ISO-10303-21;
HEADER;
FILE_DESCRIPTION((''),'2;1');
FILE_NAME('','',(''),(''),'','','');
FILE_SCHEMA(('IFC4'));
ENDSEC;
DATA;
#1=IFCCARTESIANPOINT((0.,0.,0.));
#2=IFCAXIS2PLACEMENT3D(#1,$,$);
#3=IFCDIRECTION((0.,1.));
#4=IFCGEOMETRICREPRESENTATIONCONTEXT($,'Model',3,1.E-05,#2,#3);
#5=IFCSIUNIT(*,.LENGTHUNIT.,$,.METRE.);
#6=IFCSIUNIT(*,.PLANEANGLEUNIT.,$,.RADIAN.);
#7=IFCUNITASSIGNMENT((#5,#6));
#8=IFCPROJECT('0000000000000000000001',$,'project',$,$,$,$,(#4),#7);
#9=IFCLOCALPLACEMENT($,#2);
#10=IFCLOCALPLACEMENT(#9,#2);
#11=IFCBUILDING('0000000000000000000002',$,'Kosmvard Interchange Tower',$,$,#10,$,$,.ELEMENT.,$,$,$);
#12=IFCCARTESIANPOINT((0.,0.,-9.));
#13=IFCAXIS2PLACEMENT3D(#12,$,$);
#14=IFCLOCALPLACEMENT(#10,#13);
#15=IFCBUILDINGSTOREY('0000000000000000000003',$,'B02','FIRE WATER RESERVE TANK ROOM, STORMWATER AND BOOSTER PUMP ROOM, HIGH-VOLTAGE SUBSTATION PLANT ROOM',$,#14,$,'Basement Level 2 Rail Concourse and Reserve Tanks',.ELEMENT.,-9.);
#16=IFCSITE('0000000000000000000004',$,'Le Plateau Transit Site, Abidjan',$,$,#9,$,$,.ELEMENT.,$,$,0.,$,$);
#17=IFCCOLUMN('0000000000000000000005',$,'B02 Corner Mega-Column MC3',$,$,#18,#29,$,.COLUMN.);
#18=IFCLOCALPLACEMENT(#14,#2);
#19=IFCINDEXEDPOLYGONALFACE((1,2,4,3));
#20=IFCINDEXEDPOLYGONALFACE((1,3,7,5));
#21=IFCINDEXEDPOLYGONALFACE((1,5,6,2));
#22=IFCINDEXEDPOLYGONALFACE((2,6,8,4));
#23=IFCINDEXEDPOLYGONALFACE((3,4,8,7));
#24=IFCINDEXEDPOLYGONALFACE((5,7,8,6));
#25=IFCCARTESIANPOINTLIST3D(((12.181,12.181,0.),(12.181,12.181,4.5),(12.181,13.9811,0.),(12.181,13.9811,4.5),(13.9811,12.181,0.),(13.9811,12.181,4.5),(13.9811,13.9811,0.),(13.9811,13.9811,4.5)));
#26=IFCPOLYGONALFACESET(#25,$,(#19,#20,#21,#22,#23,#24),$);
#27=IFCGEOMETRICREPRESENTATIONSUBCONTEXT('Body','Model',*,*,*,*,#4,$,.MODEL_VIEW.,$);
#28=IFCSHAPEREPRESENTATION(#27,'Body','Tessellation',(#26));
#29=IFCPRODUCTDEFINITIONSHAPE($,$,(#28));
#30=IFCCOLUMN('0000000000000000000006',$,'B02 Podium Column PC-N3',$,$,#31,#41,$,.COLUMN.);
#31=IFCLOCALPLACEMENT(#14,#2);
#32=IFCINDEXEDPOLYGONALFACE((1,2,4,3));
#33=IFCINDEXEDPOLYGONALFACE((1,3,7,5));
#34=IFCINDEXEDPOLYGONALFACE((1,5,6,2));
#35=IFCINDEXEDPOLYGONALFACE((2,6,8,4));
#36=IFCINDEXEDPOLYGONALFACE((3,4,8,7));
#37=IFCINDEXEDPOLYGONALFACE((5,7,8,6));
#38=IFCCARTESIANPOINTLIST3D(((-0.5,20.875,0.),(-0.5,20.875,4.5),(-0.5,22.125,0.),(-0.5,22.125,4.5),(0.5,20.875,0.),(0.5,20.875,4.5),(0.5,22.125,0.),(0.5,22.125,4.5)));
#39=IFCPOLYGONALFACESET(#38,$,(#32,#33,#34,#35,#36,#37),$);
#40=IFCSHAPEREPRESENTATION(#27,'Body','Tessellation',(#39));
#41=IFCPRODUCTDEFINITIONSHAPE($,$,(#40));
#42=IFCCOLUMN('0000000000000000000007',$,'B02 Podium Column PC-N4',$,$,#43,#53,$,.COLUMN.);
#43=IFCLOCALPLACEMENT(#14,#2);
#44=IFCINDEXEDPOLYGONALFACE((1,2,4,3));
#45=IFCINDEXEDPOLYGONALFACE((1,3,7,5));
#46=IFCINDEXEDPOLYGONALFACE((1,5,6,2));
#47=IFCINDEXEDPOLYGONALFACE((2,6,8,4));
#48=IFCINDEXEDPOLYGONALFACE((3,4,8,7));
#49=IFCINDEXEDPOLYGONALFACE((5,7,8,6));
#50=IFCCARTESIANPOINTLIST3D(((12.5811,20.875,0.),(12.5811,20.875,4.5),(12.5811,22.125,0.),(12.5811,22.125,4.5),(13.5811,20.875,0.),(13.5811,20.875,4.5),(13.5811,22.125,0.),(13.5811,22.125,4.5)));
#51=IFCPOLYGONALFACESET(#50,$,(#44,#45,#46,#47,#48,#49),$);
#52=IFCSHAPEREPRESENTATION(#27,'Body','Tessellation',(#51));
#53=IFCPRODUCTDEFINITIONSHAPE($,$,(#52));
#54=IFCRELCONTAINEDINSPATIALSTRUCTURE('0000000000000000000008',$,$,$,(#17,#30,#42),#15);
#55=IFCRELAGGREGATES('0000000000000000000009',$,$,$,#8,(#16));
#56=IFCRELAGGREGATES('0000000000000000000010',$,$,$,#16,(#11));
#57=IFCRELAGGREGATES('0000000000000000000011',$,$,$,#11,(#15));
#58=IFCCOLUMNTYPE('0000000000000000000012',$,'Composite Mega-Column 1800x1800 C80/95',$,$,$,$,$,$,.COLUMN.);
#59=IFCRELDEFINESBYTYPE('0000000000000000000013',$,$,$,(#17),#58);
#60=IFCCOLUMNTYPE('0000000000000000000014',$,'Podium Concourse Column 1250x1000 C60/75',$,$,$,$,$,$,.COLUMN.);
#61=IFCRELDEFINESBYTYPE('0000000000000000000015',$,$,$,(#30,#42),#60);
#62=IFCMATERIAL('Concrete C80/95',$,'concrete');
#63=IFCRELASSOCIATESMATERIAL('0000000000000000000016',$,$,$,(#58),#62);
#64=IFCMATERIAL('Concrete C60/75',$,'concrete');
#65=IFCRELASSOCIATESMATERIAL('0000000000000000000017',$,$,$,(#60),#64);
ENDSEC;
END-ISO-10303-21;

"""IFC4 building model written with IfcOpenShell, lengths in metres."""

from ifc_helpers import new_model, si_unit, direction, frame, origin, origin_2d, place, context, subcontext, project, spatial, rectangle, extrude, source, transform, mapped, material, material_profile, profile_set, type_object, element, save


model = new_model("IFC4")

# Units and contexts
model_context = context("Model", 3, precision=1e-05, world=origin(), true_north=direction((0.0, 1.0)))
body_context = subcontext(model_context, "Body", "Model", "MODEL_VIEW")
ifc_project = project(units=[si_unit("LENGTHUNIT", "METRE"), si_unit("PLANEANGLEUNIT", "RADIAN")], contexts=[model_context])

# Site, building, storey
site_placement = place(None, origin())
site = spatial("IfcSite", under=ifc_project, at=site_placement, Name="Le Plateau Transit Site, Abidjan", CompositionType="ELEMENT", RefElevation=0.0)
building_placement = place(site_placement, origin())
building = spatial("IfcBuilding", under=site, at=building_placement, Name="Kosmvard Interchange Tower", CompositionType="ELEMENT")
storey_placement = place(building_placement, frame((0.0, 0.0, -9.0)))
storey = spatial("IfcBuildingStorey", under=building, at=storey_placement, Name="B02", Description="FIRE WATER RESERVE TANK ROOM, STORMWATER AND BOOSTER PUMP ROOM, HIGH-VOLTAGE SUBSTATION PLANT ROOM", LongName="Basement Level 2 Rail Concourse and Reserve Tanks", CompositionType="ELEMENT", Elevation=-9.0)

# Columns
ifc_material_1 = material(Name="Concrete C60/75", Category="concrete")
ifc_material_2 = material(Name="Concrete C80/95", Category="concrete")
ifc_material_profile_1 = material_profile(ifc_material_2, rectangle(XDim=1.8, YDim=1.8, at=origin_2d()), Name="MC 1800x1800")
ifc_profile_set_1 = profile_set([ifc_material_profile_1], Name="Concrete C80/95")
column_type_1 = type_object("IfcColumnType", Name="Composite Mega-Column 1800x1800 C80/95", PredefinedType="COLUMN", material=ifc_profile_set_1)
shared_shape_1 = source(origin(), body_context, "Body", "SweptSolid", [
    extrude(rectangle(XDim=1.8, YDim=1.8, at=origin_2d()), origin(), (0.0, 0.0, 1.0), 4.5),
])
column_1_placement = place(storey_placement, frame((13.0811, 13.0811, 0.0), z_axis=(0.0, 0.0, 1.0), x_axis=(1.0, 0.0, 0.0)))
element("IfcColumn", 1, at=column_1_placement, inside=storey, type_object=column_type_1, Name="B02 Corner Mega-Column MC3", PredefinedType="COLUMN", context=body_context, shape_type="MappedRepresentation", body=[
    mapped(shared_shape_1, transform((0.0, 0.0, 0.0), scale=1.0)),
])
ifc_material_profile_2 = material_profile(ifc_material_1, rectangle(XDim=1.0, YDim=1.25, at=origin_2d()), Name="PC 1250x1000")
ifc_profile_set_2 = profile_set([ifc_material_profile_2], Name="Concrete C60/75")
column_type_2 = type_object("IfcColumnType", Name="Podium Concourse Column 1250x1000 C60/75", PredefinedType="COLUMN", material=ifc_profile_set_2)
shared_shape_2 = source(origin(), body_context, "Body", "SweptSolid", [
    extrude(rectangle(XDim=1.0, YDim=1.25, at=origin_2d()), origin(), (0.0, 0.0, 1.0), 4.5),
])
for number, where, z_axis, x_axis, name in (
    (2, (0.0, 21.5, 0.0), (0.0, 0.0, 1.0), (1.0, 0.0, 0.0), "B02 Podium Column PC-N3"),
    (3, (13.0811, 21.5, 0.0), (0.0, 0.0, 1.0), (1.0, 0.0, 0.0), "B02 Podium Column PC-N4"),
):
    element("IfcColumn", number, at=place(storey_placement, frame(where, z_axis=z_axis, x_axis=x_axis)), inside=storey, type_object=column_type_2, Name=name, PredefinedType="COLUMN", context=body_context, shape_type="MappedRepresentation", body=[
        mapped(shared_shape_2, transform((0.0, 0.0, 0.0), scale=1.0)),
    ])

save(model, "model.ifc")
